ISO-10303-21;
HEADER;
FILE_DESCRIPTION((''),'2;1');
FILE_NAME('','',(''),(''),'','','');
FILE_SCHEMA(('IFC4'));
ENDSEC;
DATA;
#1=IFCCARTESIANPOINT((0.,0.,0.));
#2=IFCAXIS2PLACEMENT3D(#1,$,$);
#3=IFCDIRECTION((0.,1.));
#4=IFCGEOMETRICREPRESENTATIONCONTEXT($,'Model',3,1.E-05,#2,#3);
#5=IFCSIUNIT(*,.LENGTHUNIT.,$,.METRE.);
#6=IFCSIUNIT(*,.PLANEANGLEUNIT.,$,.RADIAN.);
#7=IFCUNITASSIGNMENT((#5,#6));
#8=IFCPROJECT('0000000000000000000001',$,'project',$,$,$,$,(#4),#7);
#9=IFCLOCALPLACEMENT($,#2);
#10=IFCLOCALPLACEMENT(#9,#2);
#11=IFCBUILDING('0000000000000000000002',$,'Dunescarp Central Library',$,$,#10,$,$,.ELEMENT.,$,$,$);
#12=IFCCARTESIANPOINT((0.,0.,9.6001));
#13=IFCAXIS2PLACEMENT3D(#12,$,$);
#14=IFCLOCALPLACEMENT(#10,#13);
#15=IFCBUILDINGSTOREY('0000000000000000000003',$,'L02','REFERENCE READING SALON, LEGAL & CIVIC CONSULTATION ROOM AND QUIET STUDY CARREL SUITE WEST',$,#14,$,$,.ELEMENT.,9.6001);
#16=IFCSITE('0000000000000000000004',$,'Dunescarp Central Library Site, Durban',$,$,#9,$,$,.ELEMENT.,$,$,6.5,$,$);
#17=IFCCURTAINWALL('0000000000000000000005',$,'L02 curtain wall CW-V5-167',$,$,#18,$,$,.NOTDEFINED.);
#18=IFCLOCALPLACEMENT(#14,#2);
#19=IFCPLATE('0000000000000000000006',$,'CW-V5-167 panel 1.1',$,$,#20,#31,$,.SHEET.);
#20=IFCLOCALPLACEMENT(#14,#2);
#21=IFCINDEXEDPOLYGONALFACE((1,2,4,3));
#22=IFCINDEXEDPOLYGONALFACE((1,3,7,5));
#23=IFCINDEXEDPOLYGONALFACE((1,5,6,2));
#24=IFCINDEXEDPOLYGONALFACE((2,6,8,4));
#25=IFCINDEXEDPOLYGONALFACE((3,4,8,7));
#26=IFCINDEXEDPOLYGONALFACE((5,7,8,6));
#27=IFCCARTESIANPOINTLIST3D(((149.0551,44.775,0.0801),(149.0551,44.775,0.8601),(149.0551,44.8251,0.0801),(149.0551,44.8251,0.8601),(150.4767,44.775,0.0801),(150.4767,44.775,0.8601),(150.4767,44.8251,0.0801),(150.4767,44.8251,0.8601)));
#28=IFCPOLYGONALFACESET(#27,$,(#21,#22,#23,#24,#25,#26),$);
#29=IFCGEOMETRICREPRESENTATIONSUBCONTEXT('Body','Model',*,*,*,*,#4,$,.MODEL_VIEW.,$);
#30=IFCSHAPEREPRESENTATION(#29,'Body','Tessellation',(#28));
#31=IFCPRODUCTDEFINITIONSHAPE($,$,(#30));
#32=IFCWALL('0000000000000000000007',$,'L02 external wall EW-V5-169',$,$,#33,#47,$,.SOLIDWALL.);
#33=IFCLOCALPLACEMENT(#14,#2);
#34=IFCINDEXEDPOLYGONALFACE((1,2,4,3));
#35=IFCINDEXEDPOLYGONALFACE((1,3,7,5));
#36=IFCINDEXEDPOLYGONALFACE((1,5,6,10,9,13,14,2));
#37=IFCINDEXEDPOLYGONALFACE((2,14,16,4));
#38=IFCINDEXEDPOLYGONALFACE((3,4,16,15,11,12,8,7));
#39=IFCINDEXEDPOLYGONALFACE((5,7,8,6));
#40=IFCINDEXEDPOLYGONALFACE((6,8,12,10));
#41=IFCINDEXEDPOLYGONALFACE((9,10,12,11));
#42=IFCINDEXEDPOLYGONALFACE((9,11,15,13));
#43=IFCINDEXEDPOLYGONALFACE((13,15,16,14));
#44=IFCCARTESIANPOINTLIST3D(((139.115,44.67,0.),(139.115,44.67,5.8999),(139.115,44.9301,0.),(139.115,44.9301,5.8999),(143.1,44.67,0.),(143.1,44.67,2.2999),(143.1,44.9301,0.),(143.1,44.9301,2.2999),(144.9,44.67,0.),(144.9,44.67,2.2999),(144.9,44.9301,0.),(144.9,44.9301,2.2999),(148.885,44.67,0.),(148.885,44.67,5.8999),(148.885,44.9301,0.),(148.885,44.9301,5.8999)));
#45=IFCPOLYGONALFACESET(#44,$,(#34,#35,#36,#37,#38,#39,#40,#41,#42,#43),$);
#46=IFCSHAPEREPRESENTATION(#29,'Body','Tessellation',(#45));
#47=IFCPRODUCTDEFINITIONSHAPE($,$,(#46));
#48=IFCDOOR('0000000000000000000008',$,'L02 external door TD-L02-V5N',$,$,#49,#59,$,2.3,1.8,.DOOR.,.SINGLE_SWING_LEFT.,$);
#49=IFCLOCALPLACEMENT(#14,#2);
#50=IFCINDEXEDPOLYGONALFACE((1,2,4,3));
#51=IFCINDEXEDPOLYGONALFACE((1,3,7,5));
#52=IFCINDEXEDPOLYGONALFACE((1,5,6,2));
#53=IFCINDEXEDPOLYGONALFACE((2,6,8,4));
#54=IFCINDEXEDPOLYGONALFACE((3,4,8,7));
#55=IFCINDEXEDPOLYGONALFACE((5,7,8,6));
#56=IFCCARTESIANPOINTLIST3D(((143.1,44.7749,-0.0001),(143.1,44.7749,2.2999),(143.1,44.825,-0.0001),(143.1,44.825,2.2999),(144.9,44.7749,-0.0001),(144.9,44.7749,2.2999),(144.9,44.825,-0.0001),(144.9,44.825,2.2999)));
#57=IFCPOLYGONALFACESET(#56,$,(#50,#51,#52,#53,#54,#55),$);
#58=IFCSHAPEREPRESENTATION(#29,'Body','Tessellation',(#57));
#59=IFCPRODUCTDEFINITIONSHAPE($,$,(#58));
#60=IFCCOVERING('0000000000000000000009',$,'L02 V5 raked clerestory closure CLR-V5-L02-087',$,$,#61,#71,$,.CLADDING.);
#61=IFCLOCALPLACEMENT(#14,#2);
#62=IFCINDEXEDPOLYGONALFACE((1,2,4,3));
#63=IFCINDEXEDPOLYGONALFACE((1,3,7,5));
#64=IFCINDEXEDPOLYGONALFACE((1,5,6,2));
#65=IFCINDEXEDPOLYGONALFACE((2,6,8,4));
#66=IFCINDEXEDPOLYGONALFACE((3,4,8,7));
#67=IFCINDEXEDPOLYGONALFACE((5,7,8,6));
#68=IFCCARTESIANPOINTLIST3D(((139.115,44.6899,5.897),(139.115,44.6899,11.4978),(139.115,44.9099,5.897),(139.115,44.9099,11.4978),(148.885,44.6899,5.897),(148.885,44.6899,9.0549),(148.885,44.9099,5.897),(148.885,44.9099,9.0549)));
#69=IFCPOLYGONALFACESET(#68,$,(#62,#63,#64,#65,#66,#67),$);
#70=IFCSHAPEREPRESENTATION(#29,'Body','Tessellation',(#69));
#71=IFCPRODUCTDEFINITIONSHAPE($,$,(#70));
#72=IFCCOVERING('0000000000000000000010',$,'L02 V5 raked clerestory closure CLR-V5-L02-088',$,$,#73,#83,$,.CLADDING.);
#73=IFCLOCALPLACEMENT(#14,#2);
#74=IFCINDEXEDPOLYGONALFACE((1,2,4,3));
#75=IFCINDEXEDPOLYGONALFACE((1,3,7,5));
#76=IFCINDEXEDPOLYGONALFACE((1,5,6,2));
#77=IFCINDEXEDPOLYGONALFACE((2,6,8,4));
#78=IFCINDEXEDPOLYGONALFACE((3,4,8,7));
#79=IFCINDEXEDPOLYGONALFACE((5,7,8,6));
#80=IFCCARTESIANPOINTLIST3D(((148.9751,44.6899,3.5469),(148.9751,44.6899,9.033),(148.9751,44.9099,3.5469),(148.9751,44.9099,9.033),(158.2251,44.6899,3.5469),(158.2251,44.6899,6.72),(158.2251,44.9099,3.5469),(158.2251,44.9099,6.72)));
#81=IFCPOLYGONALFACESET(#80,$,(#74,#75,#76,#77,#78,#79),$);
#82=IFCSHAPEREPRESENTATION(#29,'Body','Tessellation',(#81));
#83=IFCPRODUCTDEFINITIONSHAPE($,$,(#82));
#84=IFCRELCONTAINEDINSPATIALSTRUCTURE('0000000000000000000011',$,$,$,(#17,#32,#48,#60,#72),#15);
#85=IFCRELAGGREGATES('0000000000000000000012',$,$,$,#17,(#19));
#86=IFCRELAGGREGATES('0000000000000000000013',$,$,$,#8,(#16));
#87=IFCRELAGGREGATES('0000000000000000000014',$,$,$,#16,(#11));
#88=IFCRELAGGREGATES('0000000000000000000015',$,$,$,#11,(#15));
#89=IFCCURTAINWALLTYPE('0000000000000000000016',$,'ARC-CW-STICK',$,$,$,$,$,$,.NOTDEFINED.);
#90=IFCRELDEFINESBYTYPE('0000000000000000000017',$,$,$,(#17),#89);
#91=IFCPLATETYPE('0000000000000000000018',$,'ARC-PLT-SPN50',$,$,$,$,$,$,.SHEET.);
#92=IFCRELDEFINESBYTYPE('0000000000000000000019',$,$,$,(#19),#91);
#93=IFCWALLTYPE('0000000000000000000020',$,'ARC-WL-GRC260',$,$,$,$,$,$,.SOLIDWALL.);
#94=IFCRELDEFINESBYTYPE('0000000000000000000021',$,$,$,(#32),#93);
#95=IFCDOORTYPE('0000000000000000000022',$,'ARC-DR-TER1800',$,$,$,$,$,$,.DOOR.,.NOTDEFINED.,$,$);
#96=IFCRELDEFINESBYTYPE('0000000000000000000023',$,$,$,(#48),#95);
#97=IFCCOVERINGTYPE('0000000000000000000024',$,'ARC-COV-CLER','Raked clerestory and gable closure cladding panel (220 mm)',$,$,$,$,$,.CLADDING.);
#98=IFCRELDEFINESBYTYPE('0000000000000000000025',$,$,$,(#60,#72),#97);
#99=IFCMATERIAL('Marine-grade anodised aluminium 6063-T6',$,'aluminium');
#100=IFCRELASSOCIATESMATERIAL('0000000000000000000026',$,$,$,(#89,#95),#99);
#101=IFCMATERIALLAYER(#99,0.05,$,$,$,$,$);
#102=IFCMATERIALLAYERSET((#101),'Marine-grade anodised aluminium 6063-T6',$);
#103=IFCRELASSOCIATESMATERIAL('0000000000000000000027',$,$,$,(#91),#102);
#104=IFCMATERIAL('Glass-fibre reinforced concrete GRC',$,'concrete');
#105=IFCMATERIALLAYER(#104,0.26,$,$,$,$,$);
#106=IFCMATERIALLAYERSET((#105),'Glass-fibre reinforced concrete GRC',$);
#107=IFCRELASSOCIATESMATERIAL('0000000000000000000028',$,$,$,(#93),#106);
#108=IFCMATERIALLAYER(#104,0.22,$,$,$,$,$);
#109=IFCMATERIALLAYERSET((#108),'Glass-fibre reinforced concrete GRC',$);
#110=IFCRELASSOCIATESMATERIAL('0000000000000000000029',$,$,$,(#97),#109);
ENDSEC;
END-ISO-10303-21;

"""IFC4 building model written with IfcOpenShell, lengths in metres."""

from ifc_helpers import new_model, si_unit, direction, frame, frame_2d, origin, origin_2d, place, context, subcontext, project, spatial, polyline, rectangle, outline, extrude, material, layer, layer_set, type_object, element, fill, aggregate, save


model = new_model("IFC4")

# Units and contexts
model_context = context("Model", 3, precision=1e-05, world=origin(), true_north=direction((0.0, 1.0)))
body_context = subcontext(model_context, "Body", "Model", "MODEL_VIEW")
ifc_project = project(units=[si_unit("LENGTHUNIT", "METRE"), si_unit("PLANEANGLEUNIT", "RADIAN")], contexts=[model_context])

# Site, building, storey
site_placement = place(None, origin())
site = spatial("IfcSite", under=ifc_project, at=site_placement, Name="Dunescarp Central Library Site, Durban", CompositionType="ELEMENT", RefElevation=6.5)
building_placement = place(site_placement, origin())
building = spatial("IfcBuilding", under=site, at=building_placement, Name="Dunescarp Central Library", CompositionType="ELEMENT")
storey_placement = place(building_placement, frame((0.0, 0.0, 9.6001)))
storey = spatial("IfcBuildingStorey", under=building, at=storey_placement, Name="L02", Description="REFERENCE READING SALON, LEGAL & CIVIC CONSULTATION ROOM AND QUIET STUDY CARREL SUITE WEST", CompositionType="ELEMENT", Elevation=9.6001)

# Curtain wall
ifc_material_1 = material(Name="Marine-grade anodised aluminium 6063-T6", Category="aluminium")
curtain_wall_type = type_object("IfcCurtainWallType", Name="ARC-CW-STICK", PredefinedType="NOTDEFINED", material=ifc_material_1)
curtain_wall_1_placement = place(storey_placement, origin())
curtain_wall_1 = element("IfcCurtainWall", 1, at=curtain_wall_1_placement, inside=storey, type_object=curtain_wall_type, Name="L02 curtain wall CW-V5-167", PredefinedType="NOTDEFINED")

# Plate
ifc_layer_1 = layer(ifc_material_1, 0.05)
ifc_layer_set_1 = layer_set([ifc_layer_1], Name="Marine-grade anodised aluminium 6063-T6")
plate_type_1 = type_object("IfcPlateType", Name="ARC-PLT-SPN50", PredefinedType="SHEET", material=ifc_layer_set_1)
plate_1_placement = place(storey_placement, frame((149.7659, 44.8, 0.0801), z_axis=(0.0, 0.0, 1.0), x_axis=(1.0, 0.0, 0.0)))
plate_1 = element("IfcPlate", 2, at=plate_1_placement, type_object=plate_type_1, Name="CW-V5-167 panel 1.1", PredefinedType="SHEET", context=body_context, shape_type="SweptSolid", body=[
    extrude(rectangle(XDim=1.4216, YDim=0.05, at=origin_2d()), origin(), (0.0, 0.0, 1.0), 0.78),
])
aggregate(curtain_wall_1, [plate_1])

# Wall, opening, door
ifc_material_2 = material(Name="Glass-fibre reinforced concrete GRC", Category="concrete")
ifc_layer_2 = layer(ifc_material_2, 0.26)
ifc_layer_set_2 = layer_set([ifc_layer_2], Name="Glass-fibre reinforced concrete GRC")
wall_type = type_object("IfcWallType", Name="ARC-WL-GRC260", PredefinedType="SOLIDWALL", material=ifc_layer_set_2)
wall_placement = place(storey_placement, frame((139.115, 44.8, 0.0), z_axis=(0.0, 0.0, 1.0), x_axis=(1.0, 0.0, 0.0)))
wall = element("IfcWall", 3, at=wall_placement, inside=storey, type_object=wall_type, Name="L02 external wall EW-V5-169", PredefinedType="SOLIDWALL", context=body_context, shape_type="SweptSolid", body=[
    extrude(rectangle(XDim=9.77, YDim=0.26, at=frame_2d((4.885, 0.0))), origin(), (0.0, 0.0, 1.0), 5.8999),
])
opening_placement = place(wall_placement, frame((3.9851, 0.0, 0.0)))
opening = element("IfcOpeningElement", 4, at=opening_placement, cuts=wall, PredefinedType="OPENING", context=body_context, shape_type="SweptSolid", body=[
    extrude(rectangle(XDim=1.8, YDim=2.3, at=frame_2d((0.8999, 1.1499))), frame((0.0, 0.1401, 0.0), z_axis=(0.0, -1.0, 0.0), x_axis=(1.0, 0.0, 0.0)), (0.0, 0.0, 1.0), 0.28),
])
door_type = type_object("IfcDoorType", Name="ARC-DR-TER1800", OperationType="NOTDEFINED", PredefinedType="DOOR", material=ifc_material_1)
door_placement = place(opening_placement, origin())
door = element("IfcDoor", 5, at=door_placement, inside=storey, type_object=door_type, Name="L02 external door TD-L02-V5N", OperationType="SINGLE_SWING_LEFT", OverallHeight=2.3, OverallWidth=1.8, PredefinedType="DOOR", context=body_context, shape_type="SweptSolid", body=[
    extrude(rectangle(XDim=1.8, YDim=2.3, at=frame_2d((0.8999, 1.1499))), frame((0.0, 0.0249, 0.0), z_axis=(0.0, -1.0, 0.0), x_axis=(1.0, 0.0, 0.0)), (0.0, 0.0, 1.0), 0.05),
])
fill(opening, door)

# Coverings
ifc_layer_3 = layer(ifc_material_2, 0.22)
ifc_layer_set_3 = layer_set([ifc_layer_3], Name="Glass-fibre reinforced concrete GRC")
covering_type = type_object("IfcCoveringType", Name="ARC-COV-CLER", Description="Raked clerestory and gable closure cladding panel (220 mm)", PredefinedType="CLADDING", material=ifc_layer_set_3)
covering_1_placement = place(storey_placement, frame((139.115, 44.8, 5.897), z_axis=(0.0, 0.0, 1.0), x_axis=(1.0, 0.0, 0.0)))
element("IfcCovering", 6, at=covering_1_placement, inside=storey, type_object=covering_type, Name="L02 V5 raked clerestory closure CLR-V5-L02-087", PredefinedType="CLADDING", context=body_context, shape_type="SweptSolid", body=[
    extrude(outline(polyline([(0.0, 0.0), (9.77, 0.0), (9.77, 3.158), (0.0, 5.6008), (0.0, 0.0)])), frame((0.0, 0.1099, 0.0), z_axis=(0.0, -1.0, 0.0), x_axis=(1.0, 0.0, 0.0)), (0.0, 0.0, 1.0), 0.22),
])
covering_2_placement = place(storey_placement, frame((148.9751, 44.8, 3.5469), z_axis=(0.0, 0.0, 1.0), x_axis=(1.0, 0.0, 0.0)))
element("IfcCovering", 7, at=covering_2_placement, inside=storey, type_object=covering_type, Name="L02 V5 raked clerestory closure CLR-V5-L02-088", PredefinedType="CLADDING", context=body_context, shape_type="SweptSolid", body=[
    extrude(outline(polyline([(0.0, 0.0), (9.25, 0.0), (9.25, 3.1731), (0.0, 5.4861), (0.0, 0.0)])), frame((0.0, 0.1099, 0.0), z_axis=(0.0, -1.0, 0.0), x_axis=(1.0, 0.0, 0.0)), (0.0, 0.0, 1.0), 0.22),
])

save(model, "model.ifc")
